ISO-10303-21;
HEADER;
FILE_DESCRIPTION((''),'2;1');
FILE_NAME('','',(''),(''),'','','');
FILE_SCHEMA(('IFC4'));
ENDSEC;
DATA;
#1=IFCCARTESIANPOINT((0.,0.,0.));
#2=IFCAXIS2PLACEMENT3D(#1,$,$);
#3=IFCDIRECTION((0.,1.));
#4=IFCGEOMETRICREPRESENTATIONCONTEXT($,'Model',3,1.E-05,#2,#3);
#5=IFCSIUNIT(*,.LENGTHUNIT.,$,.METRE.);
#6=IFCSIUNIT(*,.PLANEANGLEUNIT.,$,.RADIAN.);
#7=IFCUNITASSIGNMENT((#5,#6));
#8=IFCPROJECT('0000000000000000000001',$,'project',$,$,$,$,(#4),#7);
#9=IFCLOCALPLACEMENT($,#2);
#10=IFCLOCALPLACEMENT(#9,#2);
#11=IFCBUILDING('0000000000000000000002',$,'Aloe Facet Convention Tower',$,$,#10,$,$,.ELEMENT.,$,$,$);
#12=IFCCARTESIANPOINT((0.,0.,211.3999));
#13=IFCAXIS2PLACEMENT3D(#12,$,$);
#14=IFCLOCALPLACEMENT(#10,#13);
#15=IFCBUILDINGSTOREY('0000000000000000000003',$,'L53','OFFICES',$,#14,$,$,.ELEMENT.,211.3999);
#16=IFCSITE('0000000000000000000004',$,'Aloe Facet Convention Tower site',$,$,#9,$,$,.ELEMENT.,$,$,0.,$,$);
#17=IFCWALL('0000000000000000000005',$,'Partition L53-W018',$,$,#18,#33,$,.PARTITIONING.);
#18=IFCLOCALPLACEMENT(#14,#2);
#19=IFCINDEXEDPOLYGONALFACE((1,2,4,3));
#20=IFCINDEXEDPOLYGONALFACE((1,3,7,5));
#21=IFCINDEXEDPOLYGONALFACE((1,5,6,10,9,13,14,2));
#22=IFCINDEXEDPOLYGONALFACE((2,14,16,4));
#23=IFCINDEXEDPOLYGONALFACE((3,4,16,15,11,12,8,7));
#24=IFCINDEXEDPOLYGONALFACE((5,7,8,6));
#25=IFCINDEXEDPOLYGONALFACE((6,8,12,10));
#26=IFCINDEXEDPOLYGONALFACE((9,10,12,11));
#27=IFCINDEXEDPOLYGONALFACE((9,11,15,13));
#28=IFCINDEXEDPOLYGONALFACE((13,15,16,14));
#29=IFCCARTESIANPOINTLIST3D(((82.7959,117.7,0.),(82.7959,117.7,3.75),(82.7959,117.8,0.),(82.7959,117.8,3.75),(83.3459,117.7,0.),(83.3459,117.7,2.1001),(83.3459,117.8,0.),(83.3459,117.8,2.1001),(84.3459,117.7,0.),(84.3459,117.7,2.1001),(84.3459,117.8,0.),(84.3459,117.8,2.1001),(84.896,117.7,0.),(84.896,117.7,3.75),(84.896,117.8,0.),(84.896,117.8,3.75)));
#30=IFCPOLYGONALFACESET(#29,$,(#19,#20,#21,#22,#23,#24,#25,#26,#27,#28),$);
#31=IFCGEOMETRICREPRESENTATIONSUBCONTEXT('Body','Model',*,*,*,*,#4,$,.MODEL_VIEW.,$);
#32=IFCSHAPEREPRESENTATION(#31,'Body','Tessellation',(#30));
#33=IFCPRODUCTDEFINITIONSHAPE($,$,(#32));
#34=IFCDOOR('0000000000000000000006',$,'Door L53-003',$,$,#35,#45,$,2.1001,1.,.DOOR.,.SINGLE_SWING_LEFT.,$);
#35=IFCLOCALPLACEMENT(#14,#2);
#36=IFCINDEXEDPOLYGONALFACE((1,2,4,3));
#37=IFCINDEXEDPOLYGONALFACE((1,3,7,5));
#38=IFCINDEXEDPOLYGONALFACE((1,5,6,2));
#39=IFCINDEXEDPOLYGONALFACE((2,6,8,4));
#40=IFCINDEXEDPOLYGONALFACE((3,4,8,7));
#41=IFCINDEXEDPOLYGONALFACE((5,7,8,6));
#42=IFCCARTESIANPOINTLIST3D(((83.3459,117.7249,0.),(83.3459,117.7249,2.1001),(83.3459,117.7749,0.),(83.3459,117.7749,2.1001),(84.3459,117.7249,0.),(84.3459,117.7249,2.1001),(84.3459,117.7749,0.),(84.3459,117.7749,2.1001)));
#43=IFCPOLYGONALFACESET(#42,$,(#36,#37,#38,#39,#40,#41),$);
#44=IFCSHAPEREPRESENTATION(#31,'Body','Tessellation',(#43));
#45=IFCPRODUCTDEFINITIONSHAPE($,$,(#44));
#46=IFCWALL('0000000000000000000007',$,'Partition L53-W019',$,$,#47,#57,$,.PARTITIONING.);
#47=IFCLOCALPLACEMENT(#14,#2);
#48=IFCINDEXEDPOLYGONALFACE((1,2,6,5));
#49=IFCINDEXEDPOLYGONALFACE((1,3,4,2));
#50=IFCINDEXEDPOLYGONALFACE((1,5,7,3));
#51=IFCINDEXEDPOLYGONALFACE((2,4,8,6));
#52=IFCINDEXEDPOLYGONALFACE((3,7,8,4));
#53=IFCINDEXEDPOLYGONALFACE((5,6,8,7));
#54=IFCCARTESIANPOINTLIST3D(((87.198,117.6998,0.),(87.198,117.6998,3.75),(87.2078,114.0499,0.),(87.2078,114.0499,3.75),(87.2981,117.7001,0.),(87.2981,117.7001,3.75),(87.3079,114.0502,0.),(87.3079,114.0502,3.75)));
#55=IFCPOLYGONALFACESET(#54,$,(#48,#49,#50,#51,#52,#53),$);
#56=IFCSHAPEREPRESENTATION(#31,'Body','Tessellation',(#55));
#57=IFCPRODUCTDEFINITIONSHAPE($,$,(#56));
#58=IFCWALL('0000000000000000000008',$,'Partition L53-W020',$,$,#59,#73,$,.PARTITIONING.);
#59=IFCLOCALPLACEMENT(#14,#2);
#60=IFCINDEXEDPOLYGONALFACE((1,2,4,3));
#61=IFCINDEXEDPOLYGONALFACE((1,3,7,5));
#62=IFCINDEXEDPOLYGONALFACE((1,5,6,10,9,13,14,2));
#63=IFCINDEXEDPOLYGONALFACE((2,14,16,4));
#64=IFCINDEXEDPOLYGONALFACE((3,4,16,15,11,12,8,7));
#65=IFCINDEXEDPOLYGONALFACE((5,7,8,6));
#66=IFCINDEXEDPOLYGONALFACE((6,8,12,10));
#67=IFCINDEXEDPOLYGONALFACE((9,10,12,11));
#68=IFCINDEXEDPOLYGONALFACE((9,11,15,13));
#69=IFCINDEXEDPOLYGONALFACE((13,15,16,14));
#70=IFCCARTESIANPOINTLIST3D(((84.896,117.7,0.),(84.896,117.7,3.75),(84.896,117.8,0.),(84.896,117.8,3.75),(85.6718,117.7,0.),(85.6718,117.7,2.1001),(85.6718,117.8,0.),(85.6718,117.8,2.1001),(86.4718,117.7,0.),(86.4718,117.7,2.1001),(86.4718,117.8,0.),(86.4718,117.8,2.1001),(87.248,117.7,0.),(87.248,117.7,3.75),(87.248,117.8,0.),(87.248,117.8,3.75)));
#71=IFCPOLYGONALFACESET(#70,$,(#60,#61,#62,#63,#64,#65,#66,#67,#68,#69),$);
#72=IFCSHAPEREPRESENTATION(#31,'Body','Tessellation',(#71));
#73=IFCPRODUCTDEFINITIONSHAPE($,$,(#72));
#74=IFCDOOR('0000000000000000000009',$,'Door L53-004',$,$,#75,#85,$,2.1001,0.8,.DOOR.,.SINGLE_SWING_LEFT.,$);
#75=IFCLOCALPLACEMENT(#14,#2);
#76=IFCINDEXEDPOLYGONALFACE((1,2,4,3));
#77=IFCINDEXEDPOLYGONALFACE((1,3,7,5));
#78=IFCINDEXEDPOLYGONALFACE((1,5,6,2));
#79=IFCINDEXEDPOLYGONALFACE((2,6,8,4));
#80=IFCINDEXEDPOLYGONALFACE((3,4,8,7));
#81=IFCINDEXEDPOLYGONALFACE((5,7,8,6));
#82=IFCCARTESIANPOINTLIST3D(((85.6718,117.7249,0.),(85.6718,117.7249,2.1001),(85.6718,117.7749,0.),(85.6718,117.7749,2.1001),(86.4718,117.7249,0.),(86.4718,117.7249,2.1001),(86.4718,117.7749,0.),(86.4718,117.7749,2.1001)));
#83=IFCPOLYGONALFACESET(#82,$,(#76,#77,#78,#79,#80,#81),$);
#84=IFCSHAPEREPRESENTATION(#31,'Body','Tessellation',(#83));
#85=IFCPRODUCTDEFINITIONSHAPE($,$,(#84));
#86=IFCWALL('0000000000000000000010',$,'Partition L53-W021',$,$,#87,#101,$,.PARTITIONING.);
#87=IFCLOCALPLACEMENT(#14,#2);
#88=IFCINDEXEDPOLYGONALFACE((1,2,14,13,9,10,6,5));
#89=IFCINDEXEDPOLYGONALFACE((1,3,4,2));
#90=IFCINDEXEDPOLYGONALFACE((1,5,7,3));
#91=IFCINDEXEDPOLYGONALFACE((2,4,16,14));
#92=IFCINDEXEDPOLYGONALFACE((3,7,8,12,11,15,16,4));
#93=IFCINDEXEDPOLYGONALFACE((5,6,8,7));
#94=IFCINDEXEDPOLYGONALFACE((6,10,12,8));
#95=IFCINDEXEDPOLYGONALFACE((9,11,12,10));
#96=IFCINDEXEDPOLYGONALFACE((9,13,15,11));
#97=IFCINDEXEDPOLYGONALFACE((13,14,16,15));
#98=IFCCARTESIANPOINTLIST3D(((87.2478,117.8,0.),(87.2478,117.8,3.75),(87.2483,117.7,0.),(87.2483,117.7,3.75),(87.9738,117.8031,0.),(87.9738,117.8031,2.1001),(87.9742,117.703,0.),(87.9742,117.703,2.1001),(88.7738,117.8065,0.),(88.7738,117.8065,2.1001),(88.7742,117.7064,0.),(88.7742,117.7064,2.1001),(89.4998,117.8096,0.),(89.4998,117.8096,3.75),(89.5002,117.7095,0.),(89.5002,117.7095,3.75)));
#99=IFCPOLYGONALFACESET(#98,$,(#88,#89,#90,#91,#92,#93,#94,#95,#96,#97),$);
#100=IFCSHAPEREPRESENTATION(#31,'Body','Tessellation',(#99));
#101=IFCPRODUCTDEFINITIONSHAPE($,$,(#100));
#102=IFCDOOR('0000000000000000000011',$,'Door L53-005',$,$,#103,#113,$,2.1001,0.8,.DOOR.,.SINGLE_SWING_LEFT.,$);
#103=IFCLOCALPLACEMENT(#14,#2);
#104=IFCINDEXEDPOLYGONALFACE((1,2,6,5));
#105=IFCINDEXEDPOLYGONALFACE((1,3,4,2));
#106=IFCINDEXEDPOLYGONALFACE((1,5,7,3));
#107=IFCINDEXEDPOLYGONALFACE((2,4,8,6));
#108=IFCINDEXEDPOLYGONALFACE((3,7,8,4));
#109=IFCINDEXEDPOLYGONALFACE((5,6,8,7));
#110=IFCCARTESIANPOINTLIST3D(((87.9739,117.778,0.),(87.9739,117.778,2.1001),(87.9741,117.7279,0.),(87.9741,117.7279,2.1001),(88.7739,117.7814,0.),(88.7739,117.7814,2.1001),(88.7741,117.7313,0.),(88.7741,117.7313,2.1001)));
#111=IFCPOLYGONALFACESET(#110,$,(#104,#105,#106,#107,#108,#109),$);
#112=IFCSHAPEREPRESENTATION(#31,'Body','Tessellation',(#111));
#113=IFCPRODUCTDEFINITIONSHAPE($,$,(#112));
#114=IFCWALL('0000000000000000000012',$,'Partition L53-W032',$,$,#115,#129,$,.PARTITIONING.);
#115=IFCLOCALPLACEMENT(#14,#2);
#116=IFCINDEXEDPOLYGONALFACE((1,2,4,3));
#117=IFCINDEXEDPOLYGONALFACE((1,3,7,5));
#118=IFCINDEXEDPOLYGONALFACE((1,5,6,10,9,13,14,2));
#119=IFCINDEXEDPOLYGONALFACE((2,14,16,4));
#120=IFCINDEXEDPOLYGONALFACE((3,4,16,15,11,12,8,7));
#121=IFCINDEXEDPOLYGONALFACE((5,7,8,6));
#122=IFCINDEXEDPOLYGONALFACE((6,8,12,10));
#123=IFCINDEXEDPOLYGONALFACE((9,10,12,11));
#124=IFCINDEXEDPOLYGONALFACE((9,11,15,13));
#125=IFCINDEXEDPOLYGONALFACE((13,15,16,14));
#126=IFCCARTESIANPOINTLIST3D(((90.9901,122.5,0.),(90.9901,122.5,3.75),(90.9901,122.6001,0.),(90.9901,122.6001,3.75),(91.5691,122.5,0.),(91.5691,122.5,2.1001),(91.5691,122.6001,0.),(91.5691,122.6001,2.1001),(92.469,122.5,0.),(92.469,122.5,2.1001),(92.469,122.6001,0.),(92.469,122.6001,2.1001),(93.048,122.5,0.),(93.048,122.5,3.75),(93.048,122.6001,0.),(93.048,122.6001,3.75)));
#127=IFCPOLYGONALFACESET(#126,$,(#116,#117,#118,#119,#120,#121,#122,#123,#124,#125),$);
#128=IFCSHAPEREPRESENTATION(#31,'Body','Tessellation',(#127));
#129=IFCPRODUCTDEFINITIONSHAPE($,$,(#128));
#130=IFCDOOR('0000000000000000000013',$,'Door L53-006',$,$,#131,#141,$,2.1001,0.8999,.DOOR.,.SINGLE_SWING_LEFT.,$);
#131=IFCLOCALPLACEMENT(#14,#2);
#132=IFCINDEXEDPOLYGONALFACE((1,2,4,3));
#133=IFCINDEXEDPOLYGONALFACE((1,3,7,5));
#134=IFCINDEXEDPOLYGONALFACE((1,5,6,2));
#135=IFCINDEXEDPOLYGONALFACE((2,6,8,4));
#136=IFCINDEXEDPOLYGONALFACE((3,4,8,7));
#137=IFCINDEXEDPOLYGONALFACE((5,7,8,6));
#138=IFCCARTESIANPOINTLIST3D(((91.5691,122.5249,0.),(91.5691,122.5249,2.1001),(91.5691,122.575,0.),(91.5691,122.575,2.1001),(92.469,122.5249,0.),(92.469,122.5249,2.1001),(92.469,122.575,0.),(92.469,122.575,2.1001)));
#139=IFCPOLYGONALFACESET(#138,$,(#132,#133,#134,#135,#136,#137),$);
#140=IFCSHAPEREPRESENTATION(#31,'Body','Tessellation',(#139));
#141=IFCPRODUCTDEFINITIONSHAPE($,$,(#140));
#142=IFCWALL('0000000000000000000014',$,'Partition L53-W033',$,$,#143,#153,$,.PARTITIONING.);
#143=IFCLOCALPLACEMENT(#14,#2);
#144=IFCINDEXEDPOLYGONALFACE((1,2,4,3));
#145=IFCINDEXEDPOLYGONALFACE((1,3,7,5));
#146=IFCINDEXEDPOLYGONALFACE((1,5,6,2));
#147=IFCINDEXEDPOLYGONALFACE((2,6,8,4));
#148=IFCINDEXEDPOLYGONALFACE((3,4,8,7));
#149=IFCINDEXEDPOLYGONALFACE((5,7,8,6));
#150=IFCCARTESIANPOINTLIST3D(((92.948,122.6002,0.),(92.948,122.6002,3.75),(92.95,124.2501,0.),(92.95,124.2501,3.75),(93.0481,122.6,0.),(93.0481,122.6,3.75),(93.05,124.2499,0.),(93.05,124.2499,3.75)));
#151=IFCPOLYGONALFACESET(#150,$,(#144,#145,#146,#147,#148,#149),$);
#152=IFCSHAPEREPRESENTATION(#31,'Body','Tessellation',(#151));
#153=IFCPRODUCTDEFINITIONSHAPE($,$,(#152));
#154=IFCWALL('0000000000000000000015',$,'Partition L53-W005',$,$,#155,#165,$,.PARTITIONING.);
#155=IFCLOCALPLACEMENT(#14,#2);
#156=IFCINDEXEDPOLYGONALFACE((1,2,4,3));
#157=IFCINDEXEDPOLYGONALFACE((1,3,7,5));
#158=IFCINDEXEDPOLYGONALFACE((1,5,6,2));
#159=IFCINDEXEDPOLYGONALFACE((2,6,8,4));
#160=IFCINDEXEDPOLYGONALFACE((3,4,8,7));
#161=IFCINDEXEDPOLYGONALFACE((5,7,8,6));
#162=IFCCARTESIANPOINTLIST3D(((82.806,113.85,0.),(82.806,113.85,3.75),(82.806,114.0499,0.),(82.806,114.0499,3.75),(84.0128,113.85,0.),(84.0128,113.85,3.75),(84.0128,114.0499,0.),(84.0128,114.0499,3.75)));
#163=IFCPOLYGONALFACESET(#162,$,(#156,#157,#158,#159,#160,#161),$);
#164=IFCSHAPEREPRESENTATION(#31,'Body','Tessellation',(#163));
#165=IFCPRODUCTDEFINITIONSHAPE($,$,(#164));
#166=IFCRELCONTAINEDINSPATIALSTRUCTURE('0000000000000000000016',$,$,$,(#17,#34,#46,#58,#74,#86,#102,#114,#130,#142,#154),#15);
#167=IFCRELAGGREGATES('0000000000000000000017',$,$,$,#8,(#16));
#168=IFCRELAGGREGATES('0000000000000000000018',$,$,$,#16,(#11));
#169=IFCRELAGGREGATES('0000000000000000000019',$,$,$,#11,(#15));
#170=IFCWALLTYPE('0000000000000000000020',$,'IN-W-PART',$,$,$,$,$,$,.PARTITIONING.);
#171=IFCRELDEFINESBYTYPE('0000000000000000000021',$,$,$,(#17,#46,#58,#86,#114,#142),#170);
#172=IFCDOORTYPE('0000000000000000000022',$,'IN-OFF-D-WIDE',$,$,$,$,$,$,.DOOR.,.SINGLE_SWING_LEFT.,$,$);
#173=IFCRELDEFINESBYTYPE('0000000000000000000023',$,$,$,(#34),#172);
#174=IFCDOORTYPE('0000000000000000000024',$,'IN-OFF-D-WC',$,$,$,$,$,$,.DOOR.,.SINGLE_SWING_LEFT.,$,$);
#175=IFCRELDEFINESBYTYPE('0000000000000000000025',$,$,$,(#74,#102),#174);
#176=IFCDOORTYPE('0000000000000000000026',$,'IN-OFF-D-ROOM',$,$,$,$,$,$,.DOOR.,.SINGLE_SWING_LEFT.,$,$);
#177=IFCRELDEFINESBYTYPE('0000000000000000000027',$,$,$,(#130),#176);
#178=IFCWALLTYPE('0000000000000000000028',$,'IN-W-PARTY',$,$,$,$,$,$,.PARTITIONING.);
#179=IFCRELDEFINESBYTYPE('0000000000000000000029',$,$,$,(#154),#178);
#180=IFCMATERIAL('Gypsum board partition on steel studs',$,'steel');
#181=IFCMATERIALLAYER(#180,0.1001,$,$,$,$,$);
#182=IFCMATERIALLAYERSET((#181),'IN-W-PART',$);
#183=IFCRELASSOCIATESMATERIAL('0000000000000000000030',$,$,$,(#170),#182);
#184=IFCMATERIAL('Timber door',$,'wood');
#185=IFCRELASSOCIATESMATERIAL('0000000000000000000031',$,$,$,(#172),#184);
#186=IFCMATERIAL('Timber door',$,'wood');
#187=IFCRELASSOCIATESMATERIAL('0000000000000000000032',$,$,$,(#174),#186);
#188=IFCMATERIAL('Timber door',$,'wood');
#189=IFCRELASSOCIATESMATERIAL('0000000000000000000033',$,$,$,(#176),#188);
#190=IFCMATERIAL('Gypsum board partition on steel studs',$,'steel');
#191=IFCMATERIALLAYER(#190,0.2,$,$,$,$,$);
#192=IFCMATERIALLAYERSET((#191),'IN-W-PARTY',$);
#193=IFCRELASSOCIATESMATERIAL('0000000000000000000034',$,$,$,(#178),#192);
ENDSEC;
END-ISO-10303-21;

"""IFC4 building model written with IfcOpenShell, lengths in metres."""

from ifc_helpers import new_model, si_unit, direction, frame, frame_2d, origin, place, context, subcontext, project, spatial, rectangle, extrude, material, layer, layer_set, type_object, element, fill, save


model = new_model("IFC4")

# Units and contexts
model_context = context("Model", 3, precision=1e-05, world=origin(), true_north=direction((0.0, 1.0)))
body_context = subcontext(model_context, "Body", "Model", "MODEL_VIEW")
ifc_project = project(units=[si_unit("LENGTHUNIT", "METRE"), si_unit("PLANEANGLEUNIT", "RADIAN")], contexts=[model_context])

# Site, building, storey
site_placement = place(None, origin())
site = spatial("IfcSite", under=ifc_project, at=site_placement, Name="Aloe Facet Convention Tower site", CompositionType="ELEMENT", RefElevation=0.0)
building_placement = place(site_placement, origin())
building = spatial("IfcBuilding", under=site, at=building_placement, Name="Aloe Facet Convention Tower", CompositionType="ELEMENT")
storey_placement = place(building_placement, frame((0.0, 0.0, 211.3999)))
storey = spatial("IfcBuildingStorey", under=building, at=storey_placement, Name="L53", Description="OFFICES", CompositionType="ELEMENT", Elevation=211.3999)

# Shared definitions
ifc_material_1 = material(Name="Gypsum board partition on steel studs", Category="steel")
ifc_layer_1 = layer(ifc_material_1, 0.1001)
ifc_layer_set_1 = layer_set([ifc_layer_1], Name="IN-W-PART")
wall_type_1 = type_object("IfcWallType", Name="IN-W-PART", PredefinedType="PARTITIONING", material=ifc_layer_set_1)

# Wall, opening, door
wall_1_placement = place(storey_placement, frame((82.7959, 117.75, 0.0), z_axis=(0.0, 0.0, 1.0), x_axis=(1.0, 0.0, 0.0)))
wall_1 = element("IfcWall", 1, at=wall_1_placement, inside=storey, type_object=wall_type_1, Name="Partition L53-W018", PredefinedType="PARTITIONING", context=body_context, shape_type="SweptSolid", body=[
    extrude(rectangle(XDim=2.1001, YDim=0.1001, at=frame_2d((1.05, 0.0))), origin(), (0.0, 0.0, 1.0), 3.75),
])
opening_1_placement = place(wall_1_placement, frame((0.55, 0.0, 0.0)))
opening_1 = element("IfcOpeningElement", 2, at=opening_1_placement, cuts=wall_1, PredefinedType="OPENING", context=body_context, shape_type="SweptSolid", body=[
    extrude(rectangle(XDim=1.0, YDim=2.1001, at=frame_2d((0.5, 1.05))), frame((0.0, 0.0601, 0.0), z_axis=(0.0, -1.0, 0.0), x_axis=(1.0, 0.0, 0.0)), (0.0, 0.0, 1.0), 0.1201),
])
ifc_material_2 = material(Name="Timber door", Category="wood")
door_type_1 = type_object("IfcDoorType", Name="IN-OFF-D-WIDE", OperationType="SINGLE_SWING_LEFT", PredefinedType="DOOR", material=ifc_material_2)
door_1_placement = place(opening_1_placement, origin())
door_1 = element("IfcDoor", 3, at=door_1_placement, inside=storey, type_object=door_type_1, Name="Door L53-003", OperationType="SINGLE_SWING_LEFT", OverallHeight=2.1001, OverallWidth=1.0, PredefinedType="DOOR", context=body_context, shape_type="SweptSolid", body=[
    extrude(rectangle(XDim=1.0, YDim=2.1001, at=frame_2d((0.5, 1.05))), frame((0.0, 0.0249, 0.0), z_axis=(0.0, -1.0, 0.0), x_axis=(1.0, 0.0, 0.0)), (0.0, 0.0, 1.0), 0.05),
])
fill(opening_1, door_1)

# Wall
wall_2_placement = place(storey_placement, frame((87.2578, 114.05, 0.0), z_axis=(0.0, 0.0, 1.0), x_axis=(-0.002676, 0.999996, 0.0)))
element("IfcWall", 4, at=wall_2_placement, inside=storey, type_object=wall_type_1, Name="Partition L53-W019", PredefinedType="PARTITIONING", context=body_context, shape_type="SweptSolid", body=[
    extrude(rectangle(XDim=3.6499, YDim=0.1001, at=frame_2d((1.825, 0.0))), origin(), (0.0, 0.0, 1.0), 3.75),
])

# Walls, openings, doors
wall_3_placement = place(storey_placement, frame((84.896, 117.75, 0.0), z_axis=(0.0, 0.0, 1.0), x_axis=(1.0, 0.0, 0.0)))
wall_3 = element("IfcWall", 5, at=wall_3_placement, inside=storey, type_object=wall_type_1, Name="Partition L53-W020", PredefinedType="PARTITIONING", context=body_context, shape_type="SweptSolid", body=[
    extrude(rectangle(XDim=2.3521, YDim=0.1001, at=frame_2d((1.176, 0.0))), origin(), (0.0, 0.0, 1.0), 3.75),
])
opening_2_placement = place(wall_3_placement, frame((0.7759, 0.0, 0.0)))
opening_2 = element("IfcOpeningElement", 6, at=opening_2_placement, cuts=wall_3, PredefinedType="OPENING", context=body_context, shape_type="SweptSolid", body=[
    extrude(rectangle(XDim=0.8, YDim=2.1001, at=frame_2d((0.3999, 1.05))), frame((0.0, 0.0601, 0.0), z_axis=(0.0, -1.0, 0.0), x_axis=(1.0, 0.0, 0.0)), (0.0, 0.0, 1.0), 0.1201),
])
ifc_material_3 = material(Name="Timber door", Category="wood")
door_type_2 = type_object("IfcDoorType", Name="IN-OFF-D-WC", OperationType="SINGLE_SWING_LEFT", PredefinedType="DOOR", material=ifc_material_3)
door_2_placement = place(opening_2_placement, origin())
door_2 = element("IfcDoor", 7, at=door_2_placement, inside=storey, type_object=door_type_2, Name="Door L53-004", OperationType="SINGLE_SWING_LEFT", OverallHeight=2.1001, OverallWidth=0.8, PredefinedType="DOOR", context=body_context, shape_type="SweptSolid", body=[
    extrude(rectangle(XDim=0.8, YDim=2.1001, at=frame_2d((0.3999, 1.05))), frame((0.0, 0.0249, 0.0), z_axis=(0.0, -1.0, 0.0), x_axis=(1.0, 0.0, 0.0)), (0.0, 0.0, 1.0), 0.05),
])
fill(opening_2, door_2)
wall_4_placement = place(storey_placement, frame((87.248, 117.75, 0.0), z_axis=(0.0, 0.0, 1.0), x_axis=(0.999991, 0.004228, 0.0)))
wall_4 = element("IfcWall", 8, at=wall_4_placement, inside=storey, type_object=wall_type_1, Name="Partition L53-W021", PredefinedType="PARTITIONING", context=body_context, shape_type="SweptSolid", body=[
    extrude(rectangle(XDim=2.252, YDim=0.1001, at=frame_2d((1.126, 0.0))), origin(), (0.0, 0.0, 1.0), 3.75),
])
opening_3_placement = place(wall_4_placement, frame((0.7261, 0.0, 0.0)))
opening_3 = element("IfcOpeningElement", 9, at=opening_3_placement, cuts=wall_4, PredefinedType="OPENING", context=body_context, shape_type="SweptSolid", body=[
    extrude(rectangle(XDim=0.8, YDim=2.1001, at=frame_2d((0.3999, 1.05))), frame((0.0, 0.0601, 0.0), z_axis=(0.0, -1.0, 0.0), x_axis=(1.0, 0.0, 0.0)), (0.0, 0.0, 1.0), 0.1201),
])
door_3_placement = place(opening_3_placement, origin())
door_3 = element("IfcDoor", 10, at=door_3_placement, inside=storey, type_object=door_type_2, Name="Door L53-005", OperationType="SINGLE_SWING_LEFT", OverallHeight=2.1001, OverallWidth=0.8, PredefinedType="DOOR", context=body_context, shape_type="SweptSolid", body=[
    extrude(rectangle(XDim=0.8, YDim=2.1001, at=frame_2d((0.3999, 1.05))), frame((0.0, 0.0249, 0.0), z_axis=(0.0, -1.0, 0.0), x_axis=(1.0, 0.0, 0.0)), (0.0, 0.0, 1.0), 0.05),
])
fill(opening_3, door_3)
wall_5_placement = place(storey_placement, frame((90.9902, 122.55, 0.0), z_axis=(0.0, 0.0, 1.0), x_axis=(1.0, 0.0, 0.0)))
wall_5 = element("IfcWall", 11, at=wall_5_placement, inside=storey, type_object=wall_type_1, Name="Partition L53-W032", PredefinedType="PARTITIONING", context=body_context, shape_type="SweptSolid", body=[
    extrude(rectangle(XDim=2.0579, YDim=0.1001, at=frame_2d((1.0288, 0.0))), origin(), (0.0, 0.0, 1.0), 3.75),
])
opening_4_placement = place(wall_5_placement, frame((0.5789, 0.0, 0.0)))
opening_4 = element("IfcOpeningElement", 12, at=opening_4_placement, cuts=wall_5, PredefinedType="OPENING", context=body_context, shape_type="SweptSolid", body=[
    extrude(rectangle(XDim=0.8999, YDim=2.1001, at=frame_2d((0.45, 1.05))), frame((0.0, 0.0601, 0.0), z_axis=(0.0, -1.0, 0.0), x_axis=(1.0, 0.0, 0.0)), (0.0, 0.0, 1.0), 0.1201),
])
ifc_material_4 = material(Name="Timber door", Category="wood")
door_type_3 = type_object("IfcDoorType", Name="IN-OFF-D-ROOM", OperationType="SINGLE_SWING_LEFT", PredefinedType="DOOR", material=ifc_material_4)
door_4_placement = place(opening_4_placement, origin())
door_4 = element("IfcDoor", 13, at=door_4_placement, inside=storey, type_object=door_type_3, Name="Door L53-006", OperationType="SINGLE_SWING_LEFT", OverallHeight=2.1001, OverallWidth=0.8999, PredefinedType="DOOR", context=body_context, shape_type="SweptSolid", body=[
    extrude(rectangle(XDim=0.8999, YDim=2.1001, at=frame_2d((0.45, 1.05))), frame((0.0, 0.0249, 0.0), z_axis=(0.0, -1.0, 0.0), x_axis=(1.0, 0.0, 0.0)), (0.0, 0.0, 1.0), 0.05),
])
fill(opening_4, door_4)

# Walls
wall_6_placement = place(storey_placement, frame((92.998, 122.6001, 0.0), z_axis=(0.0, 0.0, 1.0), x_axis=(0.001184, 0.999999, 0.0)))
element("IfcWall", 14, at=wall_6_placement, inside=storey, type_object=wall_type_1, Name="Partition L53-W033", PredefinedType="PARTITIONING", context=body_context, shape_type="SweptSolid", body=[
    extrude(rectangle(XDim=1.6499, YDim=0.1001, at=frame_2d((0.825, 0.0))), origin(), (0.0, 0.0, 1.0), 3.75),
])
ifc_material_5 = material(Name="Gypsum board partition on steel studs", Category="steel")
ifc_layer_2 = layer(ifc_material_5, 0.2)
ifc_layer_set_2 = layer_set([ifc_layer_2], Name="IN-W-PARTY")
wall_type_2 = type_object("IfcWallType", Name="IN-W-PARTY", PredefinedType="PARTITIONING", material=ifc_layer_set_2)
wall_7_placement = place(storey_placement, frame((82.8059, 113.95, 0.0), z_axis=(0.0, 0.0, 1.0), x_axis=(1.0, 0.0, 0.0)))
element("IfcWall", 15, at=wall_7_placement, inside=storey, type_object=wall_type_2, Name="Partition L53-W005", PredefinedType="PARTITIONING", context=body_context, shape_type="SweptSolid", body=[
    extrude(rectangle(XDim=1.2068, YDim=0.2, at=frame_2d((0.6035, 0.0))), origin(), (0.0, 0.0, 1.0), 3.75),
])

save(model, "model.ifc")
